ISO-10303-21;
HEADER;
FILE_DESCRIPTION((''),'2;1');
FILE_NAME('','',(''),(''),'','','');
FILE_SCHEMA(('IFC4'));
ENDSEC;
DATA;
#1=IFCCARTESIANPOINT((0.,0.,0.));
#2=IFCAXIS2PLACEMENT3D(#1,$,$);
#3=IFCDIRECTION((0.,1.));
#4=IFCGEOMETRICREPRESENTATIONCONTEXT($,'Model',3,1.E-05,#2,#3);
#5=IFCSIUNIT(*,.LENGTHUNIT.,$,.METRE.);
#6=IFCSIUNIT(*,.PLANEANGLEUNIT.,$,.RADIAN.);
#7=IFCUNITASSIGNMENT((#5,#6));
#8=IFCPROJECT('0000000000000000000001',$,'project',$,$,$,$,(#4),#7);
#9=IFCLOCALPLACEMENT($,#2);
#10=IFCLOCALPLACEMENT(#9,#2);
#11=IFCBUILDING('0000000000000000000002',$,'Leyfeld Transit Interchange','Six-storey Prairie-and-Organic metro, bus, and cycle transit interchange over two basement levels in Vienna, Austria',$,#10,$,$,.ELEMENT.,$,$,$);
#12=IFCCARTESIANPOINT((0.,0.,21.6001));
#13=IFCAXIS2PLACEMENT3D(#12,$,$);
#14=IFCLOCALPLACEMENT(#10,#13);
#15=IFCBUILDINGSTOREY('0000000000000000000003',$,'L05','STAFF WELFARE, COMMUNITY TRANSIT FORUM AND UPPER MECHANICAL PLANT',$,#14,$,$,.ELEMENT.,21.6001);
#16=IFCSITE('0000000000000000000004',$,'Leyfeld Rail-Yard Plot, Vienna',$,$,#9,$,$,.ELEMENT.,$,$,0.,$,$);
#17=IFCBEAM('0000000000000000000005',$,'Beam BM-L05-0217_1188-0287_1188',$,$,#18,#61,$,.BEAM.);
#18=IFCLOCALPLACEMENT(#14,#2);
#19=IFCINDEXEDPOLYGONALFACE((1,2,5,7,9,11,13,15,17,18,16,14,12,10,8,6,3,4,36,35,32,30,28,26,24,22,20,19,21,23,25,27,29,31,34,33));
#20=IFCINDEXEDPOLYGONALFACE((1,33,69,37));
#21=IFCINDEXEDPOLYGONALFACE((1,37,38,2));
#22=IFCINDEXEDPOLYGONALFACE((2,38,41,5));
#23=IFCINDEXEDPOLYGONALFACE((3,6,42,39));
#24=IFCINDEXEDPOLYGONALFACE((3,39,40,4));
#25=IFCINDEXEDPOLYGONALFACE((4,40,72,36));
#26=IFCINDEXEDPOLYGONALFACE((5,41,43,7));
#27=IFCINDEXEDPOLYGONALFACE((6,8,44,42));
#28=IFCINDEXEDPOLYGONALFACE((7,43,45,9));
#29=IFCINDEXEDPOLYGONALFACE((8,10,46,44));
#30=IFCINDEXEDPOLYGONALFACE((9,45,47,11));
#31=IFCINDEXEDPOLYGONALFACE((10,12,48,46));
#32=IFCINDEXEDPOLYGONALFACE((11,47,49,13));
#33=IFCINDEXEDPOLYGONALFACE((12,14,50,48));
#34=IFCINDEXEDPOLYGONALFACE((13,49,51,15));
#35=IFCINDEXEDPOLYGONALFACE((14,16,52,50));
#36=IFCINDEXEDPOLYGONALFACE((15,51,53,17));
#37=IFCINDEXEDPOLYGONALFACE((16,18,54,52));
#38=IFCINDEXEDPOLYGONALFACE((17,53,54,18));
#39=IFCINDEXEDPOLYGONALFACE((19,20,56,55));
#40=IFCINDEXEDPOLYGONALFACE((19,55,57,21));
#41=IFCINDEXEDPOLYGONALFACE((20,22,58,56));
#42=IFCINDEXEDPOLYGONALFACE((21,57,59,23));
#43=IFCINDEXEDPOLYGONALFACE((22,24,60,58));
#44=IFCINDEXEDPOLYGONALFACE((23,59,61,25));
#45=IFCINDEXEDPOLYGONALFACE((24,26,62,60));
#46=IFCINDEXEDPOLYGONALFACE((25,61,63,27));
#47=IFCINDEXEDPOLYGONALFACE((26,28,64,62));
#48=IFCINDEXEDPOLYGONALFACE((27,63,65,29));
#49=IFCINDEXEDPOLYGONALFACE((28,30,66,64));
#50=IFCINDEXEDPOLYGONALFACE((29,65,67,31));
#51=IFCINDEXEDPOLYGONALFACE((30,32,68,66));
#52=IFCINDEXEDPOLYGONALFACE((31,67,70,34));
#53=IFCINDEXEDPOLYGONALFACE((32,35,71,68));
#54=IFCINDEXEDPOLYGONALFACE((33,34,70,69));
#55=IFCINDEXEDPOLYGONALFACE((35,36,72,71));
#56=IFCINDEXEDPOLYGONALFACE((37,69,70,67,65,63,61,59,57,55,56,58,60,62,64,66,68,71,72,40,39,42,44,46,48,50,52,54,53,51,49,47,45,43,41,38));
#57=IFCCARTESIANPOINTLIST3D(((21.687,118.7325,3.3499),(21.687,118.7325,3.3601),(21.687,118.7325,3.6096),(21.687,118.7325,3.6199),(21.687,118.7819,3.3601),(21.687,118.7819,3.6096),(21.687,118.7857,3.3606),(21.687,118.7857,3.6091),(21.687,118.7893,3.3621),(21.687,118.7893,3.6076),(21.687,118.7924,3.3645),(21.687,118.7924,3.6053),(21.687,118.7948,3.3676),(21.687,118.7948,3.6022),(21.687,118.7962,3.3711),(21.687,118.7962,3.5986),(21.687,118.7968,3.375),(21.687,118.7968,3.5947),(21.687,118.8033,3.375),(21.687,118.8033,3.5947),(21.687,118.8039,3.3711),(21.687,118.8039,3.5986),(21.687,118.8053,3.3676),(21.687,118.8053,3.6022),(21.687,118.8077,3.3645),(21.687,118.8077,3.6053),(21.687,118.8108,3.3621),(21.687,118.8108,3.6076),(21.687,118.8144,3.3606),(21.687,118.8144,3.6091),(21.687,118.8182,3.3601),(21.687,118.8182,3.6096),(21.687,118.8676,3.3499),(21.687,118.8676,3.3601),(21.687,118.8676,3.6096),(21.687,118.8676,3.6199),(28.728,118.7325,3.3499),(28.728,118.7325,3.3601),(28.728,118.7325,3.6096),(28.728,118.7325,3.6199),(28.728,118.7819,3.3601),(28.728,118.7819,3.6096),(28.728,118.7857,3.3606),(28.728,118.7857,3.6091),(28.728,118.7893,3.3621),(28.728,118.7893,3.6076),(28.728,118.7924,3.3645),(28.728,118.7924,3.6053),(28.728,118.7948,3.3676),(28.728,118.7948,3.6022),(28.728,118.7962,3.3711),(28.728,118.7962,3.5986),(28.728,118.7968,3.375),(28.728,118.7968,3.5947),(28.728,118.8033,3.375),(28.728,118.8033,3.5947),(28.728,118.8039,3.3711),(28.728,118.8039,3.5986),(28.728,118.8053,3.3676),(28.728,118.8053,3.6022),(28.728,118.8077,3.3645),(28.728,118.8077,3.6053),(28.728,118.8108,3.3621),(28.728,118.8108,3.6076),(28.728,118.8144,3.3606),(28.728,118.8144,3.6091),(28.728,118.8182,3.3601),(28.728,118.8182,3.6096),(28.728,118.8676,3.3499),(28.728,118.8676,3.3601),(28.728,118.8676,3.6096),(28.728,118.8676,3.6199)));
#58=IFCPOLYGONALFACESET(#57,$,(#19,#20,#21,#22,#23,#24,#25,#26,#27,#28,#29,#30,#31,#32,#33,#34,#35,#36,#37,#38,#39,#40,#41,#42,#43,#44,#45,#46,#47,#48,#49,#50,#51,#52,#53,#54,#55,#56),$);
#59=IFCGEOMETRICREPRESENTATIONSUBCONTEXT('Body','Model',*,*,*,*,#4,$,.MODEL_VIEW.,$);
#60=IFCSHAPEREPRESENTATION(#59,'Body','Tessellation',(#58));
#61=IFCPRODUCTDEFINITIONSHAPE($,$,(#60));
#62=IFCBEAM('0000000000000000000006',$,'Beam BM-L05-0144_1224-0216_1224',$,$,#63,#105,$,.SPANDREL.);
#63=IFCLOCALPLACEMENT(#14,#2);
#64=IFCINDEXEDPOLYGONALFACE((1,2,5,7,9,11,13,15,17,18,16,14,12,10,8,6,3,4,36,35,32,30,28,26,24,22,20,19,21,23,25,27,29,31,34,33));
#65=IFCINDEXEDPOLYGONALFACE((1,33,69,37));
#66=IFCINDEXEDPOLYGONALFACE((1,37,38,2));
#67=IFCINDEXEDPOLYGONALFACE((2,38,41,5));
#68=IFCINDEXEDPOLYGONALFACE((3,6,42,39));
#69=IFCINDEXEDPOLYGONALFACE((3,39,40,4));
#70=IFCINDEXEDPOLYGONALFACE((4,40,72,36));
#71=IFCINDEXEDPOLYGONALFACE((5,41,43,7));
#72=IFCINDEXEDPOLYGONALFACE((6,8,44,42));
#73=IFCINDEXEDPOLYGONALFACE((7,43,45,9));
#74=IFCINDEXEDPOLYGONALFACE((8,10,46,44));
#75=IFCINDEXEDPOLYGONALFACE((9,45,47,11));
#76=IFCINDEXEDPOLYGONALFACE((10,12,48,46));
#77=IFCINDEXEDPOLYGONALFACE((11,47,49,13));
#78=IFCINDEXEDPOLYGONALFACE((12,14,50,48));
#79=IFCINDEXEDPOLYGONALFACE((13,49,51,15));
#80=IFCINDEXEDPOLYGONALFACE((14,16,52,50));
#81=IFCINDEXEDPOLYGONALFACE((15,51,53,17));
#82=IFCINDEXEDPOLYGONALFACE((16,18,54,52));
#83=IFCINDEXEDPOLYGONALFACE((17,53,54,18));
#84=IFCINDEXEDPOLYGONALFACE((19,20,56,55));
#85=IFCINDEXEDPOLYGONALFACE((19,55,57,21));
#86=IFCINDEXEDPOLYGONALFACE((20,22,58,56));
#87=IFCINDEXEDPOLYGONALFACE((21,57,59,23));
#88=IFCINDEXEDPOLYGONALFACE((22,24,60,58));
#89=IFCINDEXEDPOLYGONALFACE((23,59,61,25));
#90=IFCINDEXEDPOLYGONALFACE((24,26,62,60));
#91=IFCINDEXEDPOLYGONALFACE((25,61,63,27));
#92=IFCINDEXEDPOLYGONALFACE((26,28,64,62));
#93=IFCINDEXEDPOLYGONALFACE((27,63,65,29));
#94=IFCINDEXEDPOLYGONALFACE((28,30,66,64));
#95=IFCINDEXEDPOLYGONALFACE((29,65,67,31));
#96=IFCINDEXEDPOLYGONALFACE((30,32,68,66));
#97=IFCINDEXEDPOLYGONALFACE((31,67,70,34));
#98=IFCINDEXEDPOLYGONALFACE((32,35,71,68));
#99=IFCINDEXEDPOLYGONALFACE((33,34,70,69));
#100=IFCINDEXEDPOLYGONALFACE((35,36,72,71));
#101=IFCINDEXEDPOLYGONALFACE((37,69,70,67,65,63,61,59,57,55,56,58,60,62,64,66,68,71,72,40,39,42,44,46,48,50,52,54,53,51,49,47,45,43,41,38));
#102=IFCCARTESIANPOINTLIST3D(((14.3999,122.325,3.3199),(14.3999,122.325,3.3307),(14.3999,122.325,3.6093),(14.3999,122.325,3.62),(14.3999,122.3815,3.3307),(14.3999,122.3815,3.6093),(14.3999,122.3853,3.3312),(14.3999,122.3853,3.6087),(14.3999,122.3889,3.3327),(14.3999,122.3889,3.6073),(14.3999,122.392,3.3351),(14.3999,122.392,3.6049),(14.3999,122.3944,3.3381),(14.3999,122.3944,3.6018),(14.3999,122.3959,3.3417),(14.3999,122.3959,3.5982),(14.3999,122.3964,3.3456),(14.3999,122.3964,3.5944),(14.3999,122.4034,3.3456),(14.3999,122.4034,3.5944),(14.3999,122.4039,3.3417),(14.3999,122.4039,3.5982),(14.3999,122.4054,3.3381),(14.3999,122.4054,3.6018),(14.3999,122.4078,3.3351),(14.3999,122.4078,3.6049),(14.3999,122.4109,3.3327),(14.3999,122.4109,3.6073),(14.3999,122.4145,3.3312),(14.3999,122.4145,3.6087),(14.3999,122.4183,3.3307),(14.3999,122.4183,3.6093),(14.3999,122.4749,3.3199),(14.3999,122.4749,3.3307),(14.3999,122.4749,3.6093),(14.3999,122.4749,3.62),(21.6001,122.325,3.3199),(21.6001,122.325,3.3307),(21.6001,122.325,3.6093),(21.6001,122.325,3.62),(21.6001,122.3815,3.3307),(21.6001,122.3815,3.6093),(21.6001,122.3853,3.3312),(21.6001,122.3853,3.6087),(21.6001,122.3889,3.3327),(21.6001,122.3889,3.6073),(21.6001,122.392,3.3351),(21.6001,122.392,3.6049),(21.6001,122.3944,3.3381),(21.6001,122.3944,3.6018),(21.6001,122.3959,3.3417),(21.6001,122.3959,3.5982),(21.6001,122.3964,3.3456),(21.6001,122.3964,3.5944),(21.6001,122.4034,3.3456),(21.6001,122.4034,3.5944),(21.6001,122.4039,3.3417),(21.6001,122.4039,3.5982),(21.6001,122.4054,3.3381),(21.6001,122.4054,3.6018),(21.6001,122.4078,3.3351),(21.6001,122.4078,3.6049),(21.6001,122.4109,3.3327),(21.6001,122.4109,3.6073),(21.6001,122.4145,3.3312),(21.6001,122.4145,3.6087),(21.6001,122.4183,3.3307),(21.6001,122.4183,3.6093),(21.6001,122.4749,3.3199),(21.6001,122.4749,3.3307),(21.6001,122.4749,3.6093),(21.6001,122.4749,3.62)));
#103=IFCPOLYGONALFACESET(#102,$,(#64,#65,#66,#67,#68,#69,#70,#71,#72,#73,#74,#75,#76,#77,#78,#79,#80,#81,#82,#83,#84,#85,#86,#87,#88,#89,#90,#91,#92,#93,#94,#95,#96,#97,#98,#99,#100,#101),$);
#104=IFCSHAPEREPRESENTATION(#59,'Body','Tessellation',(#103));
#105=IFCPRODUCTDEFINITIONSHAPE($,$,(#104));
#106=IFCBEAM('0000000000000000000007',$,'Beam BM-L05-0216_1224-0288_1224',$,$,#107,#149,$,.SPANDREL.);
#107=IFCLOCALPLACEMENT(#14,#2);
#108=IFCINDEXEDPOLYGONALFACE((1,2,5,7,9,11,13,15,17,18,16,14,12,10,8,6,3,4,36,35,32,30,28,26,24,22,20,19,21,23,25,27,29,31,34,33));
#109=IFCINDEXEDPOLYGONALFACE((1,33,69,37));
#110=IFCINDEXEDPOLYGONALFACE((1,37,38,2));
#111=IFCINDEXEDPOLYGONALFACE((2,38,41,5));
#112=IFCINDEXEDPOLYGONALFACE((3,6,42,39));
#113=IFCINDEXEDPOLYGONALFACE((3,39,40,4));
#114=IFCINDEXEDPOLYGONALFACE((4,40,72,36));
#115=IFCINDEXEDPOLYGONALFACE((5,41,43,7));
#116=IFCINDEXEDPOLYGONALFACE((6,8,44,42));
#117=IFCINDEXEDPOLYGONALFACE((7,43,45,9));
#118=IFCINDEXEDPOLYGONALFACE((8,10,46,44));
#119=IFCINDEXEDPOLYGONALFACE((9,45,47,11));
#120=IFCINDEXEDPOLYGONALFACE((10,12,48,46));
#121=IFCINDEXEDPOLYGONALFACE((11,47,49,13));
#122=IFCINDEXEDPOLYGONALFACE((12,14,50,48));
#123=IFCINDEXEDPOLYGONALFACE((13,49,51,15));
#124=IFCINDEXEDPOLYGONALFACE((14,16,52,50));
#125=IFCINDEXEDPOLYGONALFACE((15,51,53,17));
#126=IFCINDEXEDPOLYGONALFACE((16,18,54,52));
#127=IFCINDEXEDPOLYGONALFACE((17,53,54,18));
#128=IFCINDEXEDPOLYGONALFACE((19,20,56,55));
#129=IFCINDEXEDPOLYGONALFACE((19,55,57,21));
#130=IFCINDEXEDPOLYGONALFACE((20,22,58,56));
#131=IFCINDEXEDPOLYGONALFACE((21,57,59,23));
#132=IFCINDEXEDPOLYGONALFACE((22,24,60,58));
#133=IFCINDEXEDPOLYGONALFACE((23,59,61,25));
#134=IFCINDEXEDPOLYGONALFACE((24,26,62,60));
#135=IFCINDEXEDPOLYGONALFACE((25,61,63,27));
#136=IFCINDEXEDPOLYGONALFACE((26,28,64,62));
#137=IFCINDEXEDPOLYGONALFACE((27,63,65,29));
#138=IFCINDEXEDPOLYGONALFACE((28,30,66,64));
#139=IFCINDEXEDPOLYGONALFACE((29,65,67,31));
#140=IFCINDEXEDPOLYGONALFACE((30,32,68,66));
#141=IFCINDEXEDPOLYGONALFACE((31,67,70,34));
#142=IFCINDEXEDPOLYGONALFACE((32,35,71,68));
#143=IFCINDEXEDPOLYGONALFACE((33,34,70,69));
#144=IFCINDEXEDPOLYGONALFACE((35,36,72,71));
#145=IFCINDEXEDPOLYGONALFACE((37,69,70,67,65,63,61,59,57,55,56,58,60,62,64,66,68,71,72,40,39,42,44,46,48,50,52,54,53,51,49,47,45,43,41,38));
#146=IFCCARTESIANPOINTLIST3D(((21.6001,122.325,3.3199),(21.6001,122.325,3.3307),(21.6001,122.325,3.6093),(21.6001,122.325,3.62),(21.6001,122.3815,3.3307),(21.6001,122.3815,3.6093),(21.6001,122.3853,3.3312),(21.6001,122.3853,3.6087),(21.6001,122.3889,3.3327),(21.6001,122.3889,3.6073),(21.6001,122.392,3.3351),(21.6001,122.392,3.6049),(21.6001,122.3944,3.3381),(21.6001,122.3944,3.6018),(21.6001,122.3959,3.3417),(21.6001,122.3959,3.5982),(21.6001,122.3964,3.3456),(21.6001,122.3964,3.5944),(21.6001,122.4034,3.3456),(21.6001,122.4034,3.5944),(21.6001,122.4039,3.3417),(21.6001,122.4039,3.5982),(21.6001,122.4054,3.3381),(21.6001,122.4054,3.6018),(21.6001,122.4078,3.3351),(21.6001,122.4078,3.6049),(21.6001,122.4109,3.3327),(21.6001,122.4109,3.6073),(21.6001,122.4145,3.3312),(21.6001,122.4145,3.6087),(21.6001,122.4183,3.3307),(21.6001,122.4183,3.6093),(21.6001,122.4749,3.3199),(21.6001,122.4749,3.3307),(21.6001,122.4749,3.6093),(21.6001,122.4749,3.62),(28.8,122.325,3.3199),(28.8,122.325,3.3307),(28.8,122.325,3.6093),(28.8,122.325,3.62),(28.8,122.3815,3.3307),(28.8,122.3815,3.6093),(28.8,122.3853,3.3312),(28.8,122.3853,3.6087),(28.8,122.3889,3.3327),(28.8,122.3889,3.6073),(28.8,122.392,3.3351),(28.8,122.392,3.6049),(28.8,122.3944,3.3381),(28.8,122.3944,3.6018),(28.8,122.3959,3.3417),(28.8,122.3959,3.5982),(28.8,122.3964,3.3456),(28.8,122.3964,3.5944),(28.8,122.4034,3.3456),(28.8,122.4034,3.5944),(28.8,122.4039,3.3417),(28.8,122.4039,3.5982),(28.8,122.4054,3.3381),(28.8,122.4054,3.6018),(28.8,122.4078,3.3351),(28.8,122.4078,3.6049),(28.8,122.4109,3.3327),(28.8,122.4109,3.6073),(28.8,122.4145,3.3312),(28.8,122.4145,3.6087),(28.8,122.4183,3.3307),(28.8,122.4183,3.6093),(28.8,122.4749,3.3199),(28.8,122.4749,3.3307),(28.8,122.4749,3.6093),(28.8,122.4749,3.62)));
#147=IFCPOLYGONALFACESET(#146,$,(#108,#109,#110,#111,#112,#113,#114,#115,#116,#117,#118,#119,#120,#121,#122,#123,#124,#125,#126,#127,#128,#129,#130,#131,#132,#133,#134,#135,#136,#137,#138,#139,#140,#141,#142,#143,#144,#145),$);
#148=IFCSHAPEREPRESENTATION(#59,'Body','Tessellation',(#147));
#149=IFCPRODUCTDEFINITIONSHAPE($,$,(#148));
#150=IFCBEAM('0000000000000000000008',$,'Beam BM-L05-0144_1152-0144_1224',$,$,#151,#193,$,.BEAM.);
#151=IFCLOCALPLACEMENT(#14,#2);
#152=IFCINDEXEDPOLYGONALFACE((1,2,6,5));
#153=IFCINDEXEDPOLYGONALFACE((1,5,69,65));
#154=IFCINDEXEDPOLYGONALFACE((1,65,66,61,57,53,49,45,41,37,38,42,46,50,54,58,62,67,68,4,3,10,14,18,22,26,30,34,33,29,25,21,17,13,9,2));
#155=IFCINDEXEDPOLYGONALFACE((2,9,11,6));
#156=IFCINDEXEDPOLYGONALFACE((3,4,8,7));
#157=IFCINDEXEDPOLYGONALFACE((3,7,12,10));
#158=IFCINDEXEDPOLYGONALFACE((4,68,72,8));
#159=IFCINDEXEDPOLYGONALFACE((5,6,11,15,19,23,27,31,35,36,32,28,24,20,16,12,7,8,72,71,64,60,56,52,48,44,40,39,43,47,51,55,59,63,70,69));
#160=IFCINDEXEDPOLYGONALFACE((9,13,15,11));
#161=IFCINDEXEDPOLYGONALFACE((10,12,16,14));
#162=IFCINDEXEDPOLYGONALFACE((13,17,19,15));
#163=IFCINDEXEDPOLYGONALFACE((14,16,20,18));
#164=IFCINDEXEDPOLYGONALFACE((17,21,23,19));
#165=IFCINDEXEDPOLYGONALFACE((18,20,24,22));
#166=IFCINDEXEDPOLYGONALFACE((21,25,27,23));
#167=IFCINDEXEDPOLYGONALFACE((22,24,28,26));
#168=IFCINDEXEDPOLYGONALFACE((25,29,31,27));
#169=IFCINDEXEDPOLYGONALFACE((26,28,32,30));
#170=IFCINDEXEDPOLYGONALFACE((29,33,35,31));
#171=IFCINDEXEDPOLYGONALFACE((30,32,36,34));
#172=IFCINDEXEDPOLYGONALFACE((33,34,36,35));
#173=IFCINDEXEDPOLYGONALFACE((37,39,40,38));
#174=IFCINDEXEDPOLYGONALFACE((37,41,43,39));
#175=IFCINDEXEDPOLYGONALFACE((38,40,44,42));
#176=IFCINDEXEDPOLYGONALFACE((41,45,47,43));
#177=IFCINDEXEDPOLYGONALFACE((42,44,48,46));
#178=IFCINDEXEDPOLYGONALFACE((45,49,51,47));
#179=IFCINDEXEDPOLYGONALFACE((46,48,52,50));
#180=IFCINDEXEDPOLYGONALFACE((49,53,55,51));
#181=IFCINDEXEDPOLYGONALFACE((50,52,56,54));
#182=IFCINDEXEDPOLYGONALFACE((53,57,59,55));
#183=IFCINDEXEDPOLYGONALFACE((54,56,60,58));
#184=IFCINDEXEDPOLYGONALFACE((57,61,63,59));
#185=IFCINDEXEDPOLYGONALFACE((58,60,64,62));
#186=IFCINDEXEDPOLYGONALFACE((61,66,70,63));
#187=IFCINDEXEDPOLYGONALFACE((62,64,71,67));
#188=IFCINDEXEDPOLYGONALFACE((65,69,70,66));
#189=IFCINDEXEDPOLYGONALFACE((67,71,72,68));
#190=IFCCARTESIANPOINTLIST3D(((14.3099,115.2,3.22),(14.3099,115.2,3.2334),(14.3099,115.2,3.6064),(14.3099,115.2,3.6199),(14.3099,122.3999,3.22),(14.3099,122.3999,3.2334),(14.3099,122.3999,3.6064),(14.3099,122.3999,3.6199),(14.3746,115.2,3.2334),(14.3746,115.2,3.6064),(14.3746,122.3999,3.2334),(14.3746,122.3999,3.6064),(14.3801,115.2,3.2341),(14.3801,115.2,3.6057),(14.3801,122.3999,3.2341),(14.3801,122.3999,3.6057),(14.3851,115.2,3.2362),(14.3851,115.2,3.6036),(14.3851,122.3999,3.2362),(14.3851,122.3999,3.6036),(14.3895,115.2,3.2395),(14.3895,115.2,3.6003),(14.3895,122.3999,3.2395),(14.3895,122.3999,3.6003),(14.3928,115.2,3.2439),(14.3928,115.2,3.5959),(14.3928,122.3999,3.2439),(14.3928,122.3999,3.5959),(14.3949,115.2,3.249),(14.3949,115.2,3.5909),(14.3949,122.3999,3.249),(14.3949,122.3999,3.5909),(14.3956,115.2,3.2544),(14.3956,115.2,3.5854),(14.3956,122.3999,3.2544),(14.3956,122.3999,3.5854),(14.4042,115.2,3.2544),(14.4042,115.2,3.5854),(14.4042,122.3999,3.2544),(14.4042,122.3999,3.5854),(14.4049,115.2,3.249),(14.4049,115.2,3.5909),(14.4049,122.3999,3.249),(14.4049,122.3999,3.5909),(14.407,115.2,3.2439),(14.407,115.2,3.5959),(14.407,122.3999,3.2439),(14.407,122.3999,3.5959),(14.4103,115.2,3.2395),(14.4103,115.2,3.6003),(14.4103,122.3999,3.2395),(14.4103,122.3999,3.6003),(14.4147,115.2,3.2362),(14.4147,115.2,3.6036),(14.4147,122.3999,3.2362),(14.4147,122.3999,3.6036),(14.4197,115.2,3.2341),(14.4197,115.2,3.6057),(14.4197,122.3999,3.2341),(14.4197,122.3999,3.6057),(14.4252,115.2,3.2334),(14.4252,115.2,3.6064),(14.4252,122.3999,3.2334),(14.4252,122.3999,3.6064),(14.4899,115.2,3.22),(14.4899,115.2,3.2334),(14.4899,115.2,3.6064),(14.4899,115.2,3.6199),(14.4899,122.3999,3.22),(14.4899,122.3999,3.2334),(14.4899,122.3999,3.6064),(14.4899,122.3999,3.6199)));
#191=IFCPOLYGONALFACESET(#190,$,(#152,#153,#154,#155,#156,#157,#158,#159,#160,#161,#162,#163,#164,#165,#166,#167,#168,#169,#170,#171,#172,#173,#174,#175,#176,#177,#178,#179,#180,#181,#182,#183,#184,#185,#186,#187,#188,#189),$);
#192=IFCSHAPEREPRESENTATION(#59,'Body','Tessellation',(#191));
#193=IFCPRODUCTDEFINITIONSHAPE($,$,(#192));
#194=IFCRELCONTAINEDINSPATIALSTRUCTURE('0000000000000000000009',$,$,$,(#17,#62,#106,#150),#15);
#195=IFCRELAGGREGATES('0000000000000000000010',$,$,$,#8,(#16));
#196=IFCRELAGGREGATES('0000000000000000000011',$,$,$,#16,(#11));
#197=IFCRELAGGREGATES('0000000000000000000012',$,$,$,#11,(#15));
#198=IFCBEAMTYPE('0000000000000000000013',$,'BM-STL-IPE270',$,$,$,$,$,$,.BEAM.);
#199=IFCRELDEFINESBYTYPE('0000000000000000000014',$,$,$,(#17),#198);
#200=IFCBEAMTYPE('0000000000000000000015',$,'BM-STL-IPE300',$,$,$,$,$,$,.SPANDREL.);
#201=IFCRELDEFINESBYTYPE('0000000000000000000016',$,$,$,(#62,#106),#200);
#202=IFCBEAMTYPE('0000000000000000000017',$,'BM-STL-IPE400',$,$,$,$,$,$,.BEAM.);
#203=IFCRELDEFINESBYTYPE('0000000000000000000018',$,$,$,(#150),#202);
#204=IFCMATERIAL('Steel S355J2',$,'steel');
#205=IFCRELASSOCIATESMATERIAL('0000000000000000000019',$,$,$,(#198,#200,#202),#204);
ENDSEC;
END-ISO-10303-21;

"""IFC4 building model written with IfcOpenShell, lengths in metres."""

from ifc_helpers import new_model, si_unit, direction, frame, origin, origin_2d, place, context, subcontext, project, spatial, i_section, extrude, material, material_profile, profile_set, type_object, element, save


model = new_model("IFC4")

# Units and contexts
model_context = context("Model", 3, precision=1e-05, world=origin(), true_north=direction((0.0, 1.0)))
body_context = subcontext(model_context, "Body", "Model", "MODEL_VIEW")
ifc_project = project(units=[si_unit("LENGTHUNIT", "METRE"), si_unit("PLANEANGLEUNIT", "RADIAN")], contexts=[model_context])

# Site, building, storey
site_placement = place(None, origin())
site = spatial("IfcSite", under=ifc_project, at=site_placement, Name="Leyfeld Rail-Yard Plot, Vienna", CompositionType="ELEMENT", RefElevation=0.0)
building_placement = place(site_placement, origin())
building = spatial("IfcBuilding", under=site, at=building_placement, Name="Leyfeld Transit Interchange", Description="Six-storey Prairie-and-Organic metro, bus, and cycle transit interchange over two basement levels in Vienna, Austria", CompositionType="ELEMENT")
storey_placement = place(building_placement, frame((0.0, 0.0, 21.6001)))
storey = spatial("IfcBuildingStorey", under=building, at=storey_placement, Name="L05", Description="STAFF WELFARE, COMMUNITY TRANSIT FORUM AND UPPER MECHANICAL PLANT", CompositionType="ELEMENT", Elevation=21.6001)

# Shared definitions
ifc_material_1 = material(Name="Steel S355J2", Category="steel")

# Beams
ifc_material_profile_1 = material_profile(ifc_material_1, i_section(OverallWidth=0.135, OverallDepth=0.27, WebThickness=0.0066, FlangeThickness=0.0103, FilletRadius=0.0149, at=origin_2d()), Name="IPE 270")
ifc_profile_set_1 = profile_set([ifc_material_profile_1], Name="Steel S355J2")
beam_type_1 = type_object("IfcBeamType", Name="BM-STL-IPE270", PredefinedType="BEAM", material=ifc_profile_set_1)
beam_1_placement = place(storey_placement, frame((21.687, 118.8, 3.4849), z_axis=(1.0, 0.0, 0.0), x_axis=(0.0, 1.0, 0.0)))
element("IfcBeam", 1, at=beam_1_placement, inside=storey, type_object=beam_type_1, Name="Beam BM-L05-0217_1188-0287_1188", PredefinedType="BEAM", context=body_context, shape_type="SweptSolid", body=[
    extrude(i_section(OverallWidth=0.135, OverallDepth=0.27, WebThickness=0.0066, FlangeThickness=0.0103, FilletRadius=0.0149, at=origin_2d()), origin(), (0.0, 0.0, 1.0), 7.041),
])
ifc_material_profile_2 = material_profile(ifc_material_1, i_section(OverallWidth=0.1499, OverallDepth=0.3, WebThickness=0.0071, FlangeThickness=0.0107, FilletRadius=0.0149, at=origin_2d()), Name="IPE 300")
ifc_profile_set_2 = profile_set([ifc_material_profile_2], Name="Steel S355J2")
beam_type_2 = type_object("IfcBeamType", Name="BM-STL-IPE300", PredefinedType="SPANDREL", material=ifc_profile_set_2)
beam_2_placement = place(storey_placement, frame((14.3999, 122.3999, 3.47), z_axis=(1.0, 0.0, 0.0), x_axis=(0.0, 1.0, 0.0)))
element("IfcBeam", 2, at=beam_2_placement, inside=storey, type_object=beam_type_2, Name="Beam BM-L05-0144_1224-0216_1224", PredefinedType="SPANDREL", context=body_context, shape_type="SweptSolid", body=[
    extrude(i_section(OverallWidth=0.1499, OverallDepth=0.3, WebThickness=0.0071, FlangeThickness=0.0107, FilletRadius=0.0149, at=origin_2d()), origin(), (0.0, 0.0, 1.0), 7.2002),
])
beam_3_placement = place(storey_placement, frame((21.6001, 122.3999, 3.47), z_axis=(1.0, 0.0, 0.0), x_axis=(0.0, 1.0, 0.0)))
element("IfcBeam", 3, at=beam_3_placement, inside=storey, type_object=beam_type_2, Name="Beam BM-L05-0216_1224-0288_1224", PredefinedType="SPANDREL", context=body_context, shape_type="SweptSolid", body=[
    extrude(i_section(OverallWidth=0.1499, OverallDepth=0.3, WebThickness=0.0071, FlangeThickness=0.0107, FilletRadius=0.0149, at=origin_2d()), origin(), (0.0, 0.0, 1.0), 7.2),
])
ifc_material_profile_3 = material_profile(ifc_material_1, i_section(OverallWidth=0.1799, OverallDepth=0.3999, WebThickness=0.0085, FlangeThickness=0.0134, FilletRadius=0.021, at=origin_2d()), Name="IPE 400")
ifc_profile_set_3 = profile_set([ifc_material_profile_3], Name="Steel S355J2")
beam_type_3 = type_object("IfcBeamType", Name="BM-STL-IPE400", PredefinedType="BEAM", material=ifc_profile_set_3)
for number, where, z_axis, x_axis, name in (
    (4, (14.3999, 115.2, 3.4199), (0.0, 1.0, 0.0), (-1.0, 0.0, 0.0), "Beam BM-L05-0144_1152-0144_1224"),
):
    element("IfcBeam", number, at=place(storey_placement, frame(where, z_axis=z_axis, x_axis=x_axis)), inside=storey, type_object=beam_type_3, Name=name, PredefinedType="BEAM", context=body_context, shape_type="SweptSolid", body=[
        extrude(i_section(OverallWidth=0.1799, OverallDepth=0.3999, WebThickness=0.0085, FlangeThickness=0.0134, FilletRadius=0.021, at=origin_2d()), origin(), (0.0, 0.0, 1.0), 7.2),
    ])

save(model, "model.ifc")
